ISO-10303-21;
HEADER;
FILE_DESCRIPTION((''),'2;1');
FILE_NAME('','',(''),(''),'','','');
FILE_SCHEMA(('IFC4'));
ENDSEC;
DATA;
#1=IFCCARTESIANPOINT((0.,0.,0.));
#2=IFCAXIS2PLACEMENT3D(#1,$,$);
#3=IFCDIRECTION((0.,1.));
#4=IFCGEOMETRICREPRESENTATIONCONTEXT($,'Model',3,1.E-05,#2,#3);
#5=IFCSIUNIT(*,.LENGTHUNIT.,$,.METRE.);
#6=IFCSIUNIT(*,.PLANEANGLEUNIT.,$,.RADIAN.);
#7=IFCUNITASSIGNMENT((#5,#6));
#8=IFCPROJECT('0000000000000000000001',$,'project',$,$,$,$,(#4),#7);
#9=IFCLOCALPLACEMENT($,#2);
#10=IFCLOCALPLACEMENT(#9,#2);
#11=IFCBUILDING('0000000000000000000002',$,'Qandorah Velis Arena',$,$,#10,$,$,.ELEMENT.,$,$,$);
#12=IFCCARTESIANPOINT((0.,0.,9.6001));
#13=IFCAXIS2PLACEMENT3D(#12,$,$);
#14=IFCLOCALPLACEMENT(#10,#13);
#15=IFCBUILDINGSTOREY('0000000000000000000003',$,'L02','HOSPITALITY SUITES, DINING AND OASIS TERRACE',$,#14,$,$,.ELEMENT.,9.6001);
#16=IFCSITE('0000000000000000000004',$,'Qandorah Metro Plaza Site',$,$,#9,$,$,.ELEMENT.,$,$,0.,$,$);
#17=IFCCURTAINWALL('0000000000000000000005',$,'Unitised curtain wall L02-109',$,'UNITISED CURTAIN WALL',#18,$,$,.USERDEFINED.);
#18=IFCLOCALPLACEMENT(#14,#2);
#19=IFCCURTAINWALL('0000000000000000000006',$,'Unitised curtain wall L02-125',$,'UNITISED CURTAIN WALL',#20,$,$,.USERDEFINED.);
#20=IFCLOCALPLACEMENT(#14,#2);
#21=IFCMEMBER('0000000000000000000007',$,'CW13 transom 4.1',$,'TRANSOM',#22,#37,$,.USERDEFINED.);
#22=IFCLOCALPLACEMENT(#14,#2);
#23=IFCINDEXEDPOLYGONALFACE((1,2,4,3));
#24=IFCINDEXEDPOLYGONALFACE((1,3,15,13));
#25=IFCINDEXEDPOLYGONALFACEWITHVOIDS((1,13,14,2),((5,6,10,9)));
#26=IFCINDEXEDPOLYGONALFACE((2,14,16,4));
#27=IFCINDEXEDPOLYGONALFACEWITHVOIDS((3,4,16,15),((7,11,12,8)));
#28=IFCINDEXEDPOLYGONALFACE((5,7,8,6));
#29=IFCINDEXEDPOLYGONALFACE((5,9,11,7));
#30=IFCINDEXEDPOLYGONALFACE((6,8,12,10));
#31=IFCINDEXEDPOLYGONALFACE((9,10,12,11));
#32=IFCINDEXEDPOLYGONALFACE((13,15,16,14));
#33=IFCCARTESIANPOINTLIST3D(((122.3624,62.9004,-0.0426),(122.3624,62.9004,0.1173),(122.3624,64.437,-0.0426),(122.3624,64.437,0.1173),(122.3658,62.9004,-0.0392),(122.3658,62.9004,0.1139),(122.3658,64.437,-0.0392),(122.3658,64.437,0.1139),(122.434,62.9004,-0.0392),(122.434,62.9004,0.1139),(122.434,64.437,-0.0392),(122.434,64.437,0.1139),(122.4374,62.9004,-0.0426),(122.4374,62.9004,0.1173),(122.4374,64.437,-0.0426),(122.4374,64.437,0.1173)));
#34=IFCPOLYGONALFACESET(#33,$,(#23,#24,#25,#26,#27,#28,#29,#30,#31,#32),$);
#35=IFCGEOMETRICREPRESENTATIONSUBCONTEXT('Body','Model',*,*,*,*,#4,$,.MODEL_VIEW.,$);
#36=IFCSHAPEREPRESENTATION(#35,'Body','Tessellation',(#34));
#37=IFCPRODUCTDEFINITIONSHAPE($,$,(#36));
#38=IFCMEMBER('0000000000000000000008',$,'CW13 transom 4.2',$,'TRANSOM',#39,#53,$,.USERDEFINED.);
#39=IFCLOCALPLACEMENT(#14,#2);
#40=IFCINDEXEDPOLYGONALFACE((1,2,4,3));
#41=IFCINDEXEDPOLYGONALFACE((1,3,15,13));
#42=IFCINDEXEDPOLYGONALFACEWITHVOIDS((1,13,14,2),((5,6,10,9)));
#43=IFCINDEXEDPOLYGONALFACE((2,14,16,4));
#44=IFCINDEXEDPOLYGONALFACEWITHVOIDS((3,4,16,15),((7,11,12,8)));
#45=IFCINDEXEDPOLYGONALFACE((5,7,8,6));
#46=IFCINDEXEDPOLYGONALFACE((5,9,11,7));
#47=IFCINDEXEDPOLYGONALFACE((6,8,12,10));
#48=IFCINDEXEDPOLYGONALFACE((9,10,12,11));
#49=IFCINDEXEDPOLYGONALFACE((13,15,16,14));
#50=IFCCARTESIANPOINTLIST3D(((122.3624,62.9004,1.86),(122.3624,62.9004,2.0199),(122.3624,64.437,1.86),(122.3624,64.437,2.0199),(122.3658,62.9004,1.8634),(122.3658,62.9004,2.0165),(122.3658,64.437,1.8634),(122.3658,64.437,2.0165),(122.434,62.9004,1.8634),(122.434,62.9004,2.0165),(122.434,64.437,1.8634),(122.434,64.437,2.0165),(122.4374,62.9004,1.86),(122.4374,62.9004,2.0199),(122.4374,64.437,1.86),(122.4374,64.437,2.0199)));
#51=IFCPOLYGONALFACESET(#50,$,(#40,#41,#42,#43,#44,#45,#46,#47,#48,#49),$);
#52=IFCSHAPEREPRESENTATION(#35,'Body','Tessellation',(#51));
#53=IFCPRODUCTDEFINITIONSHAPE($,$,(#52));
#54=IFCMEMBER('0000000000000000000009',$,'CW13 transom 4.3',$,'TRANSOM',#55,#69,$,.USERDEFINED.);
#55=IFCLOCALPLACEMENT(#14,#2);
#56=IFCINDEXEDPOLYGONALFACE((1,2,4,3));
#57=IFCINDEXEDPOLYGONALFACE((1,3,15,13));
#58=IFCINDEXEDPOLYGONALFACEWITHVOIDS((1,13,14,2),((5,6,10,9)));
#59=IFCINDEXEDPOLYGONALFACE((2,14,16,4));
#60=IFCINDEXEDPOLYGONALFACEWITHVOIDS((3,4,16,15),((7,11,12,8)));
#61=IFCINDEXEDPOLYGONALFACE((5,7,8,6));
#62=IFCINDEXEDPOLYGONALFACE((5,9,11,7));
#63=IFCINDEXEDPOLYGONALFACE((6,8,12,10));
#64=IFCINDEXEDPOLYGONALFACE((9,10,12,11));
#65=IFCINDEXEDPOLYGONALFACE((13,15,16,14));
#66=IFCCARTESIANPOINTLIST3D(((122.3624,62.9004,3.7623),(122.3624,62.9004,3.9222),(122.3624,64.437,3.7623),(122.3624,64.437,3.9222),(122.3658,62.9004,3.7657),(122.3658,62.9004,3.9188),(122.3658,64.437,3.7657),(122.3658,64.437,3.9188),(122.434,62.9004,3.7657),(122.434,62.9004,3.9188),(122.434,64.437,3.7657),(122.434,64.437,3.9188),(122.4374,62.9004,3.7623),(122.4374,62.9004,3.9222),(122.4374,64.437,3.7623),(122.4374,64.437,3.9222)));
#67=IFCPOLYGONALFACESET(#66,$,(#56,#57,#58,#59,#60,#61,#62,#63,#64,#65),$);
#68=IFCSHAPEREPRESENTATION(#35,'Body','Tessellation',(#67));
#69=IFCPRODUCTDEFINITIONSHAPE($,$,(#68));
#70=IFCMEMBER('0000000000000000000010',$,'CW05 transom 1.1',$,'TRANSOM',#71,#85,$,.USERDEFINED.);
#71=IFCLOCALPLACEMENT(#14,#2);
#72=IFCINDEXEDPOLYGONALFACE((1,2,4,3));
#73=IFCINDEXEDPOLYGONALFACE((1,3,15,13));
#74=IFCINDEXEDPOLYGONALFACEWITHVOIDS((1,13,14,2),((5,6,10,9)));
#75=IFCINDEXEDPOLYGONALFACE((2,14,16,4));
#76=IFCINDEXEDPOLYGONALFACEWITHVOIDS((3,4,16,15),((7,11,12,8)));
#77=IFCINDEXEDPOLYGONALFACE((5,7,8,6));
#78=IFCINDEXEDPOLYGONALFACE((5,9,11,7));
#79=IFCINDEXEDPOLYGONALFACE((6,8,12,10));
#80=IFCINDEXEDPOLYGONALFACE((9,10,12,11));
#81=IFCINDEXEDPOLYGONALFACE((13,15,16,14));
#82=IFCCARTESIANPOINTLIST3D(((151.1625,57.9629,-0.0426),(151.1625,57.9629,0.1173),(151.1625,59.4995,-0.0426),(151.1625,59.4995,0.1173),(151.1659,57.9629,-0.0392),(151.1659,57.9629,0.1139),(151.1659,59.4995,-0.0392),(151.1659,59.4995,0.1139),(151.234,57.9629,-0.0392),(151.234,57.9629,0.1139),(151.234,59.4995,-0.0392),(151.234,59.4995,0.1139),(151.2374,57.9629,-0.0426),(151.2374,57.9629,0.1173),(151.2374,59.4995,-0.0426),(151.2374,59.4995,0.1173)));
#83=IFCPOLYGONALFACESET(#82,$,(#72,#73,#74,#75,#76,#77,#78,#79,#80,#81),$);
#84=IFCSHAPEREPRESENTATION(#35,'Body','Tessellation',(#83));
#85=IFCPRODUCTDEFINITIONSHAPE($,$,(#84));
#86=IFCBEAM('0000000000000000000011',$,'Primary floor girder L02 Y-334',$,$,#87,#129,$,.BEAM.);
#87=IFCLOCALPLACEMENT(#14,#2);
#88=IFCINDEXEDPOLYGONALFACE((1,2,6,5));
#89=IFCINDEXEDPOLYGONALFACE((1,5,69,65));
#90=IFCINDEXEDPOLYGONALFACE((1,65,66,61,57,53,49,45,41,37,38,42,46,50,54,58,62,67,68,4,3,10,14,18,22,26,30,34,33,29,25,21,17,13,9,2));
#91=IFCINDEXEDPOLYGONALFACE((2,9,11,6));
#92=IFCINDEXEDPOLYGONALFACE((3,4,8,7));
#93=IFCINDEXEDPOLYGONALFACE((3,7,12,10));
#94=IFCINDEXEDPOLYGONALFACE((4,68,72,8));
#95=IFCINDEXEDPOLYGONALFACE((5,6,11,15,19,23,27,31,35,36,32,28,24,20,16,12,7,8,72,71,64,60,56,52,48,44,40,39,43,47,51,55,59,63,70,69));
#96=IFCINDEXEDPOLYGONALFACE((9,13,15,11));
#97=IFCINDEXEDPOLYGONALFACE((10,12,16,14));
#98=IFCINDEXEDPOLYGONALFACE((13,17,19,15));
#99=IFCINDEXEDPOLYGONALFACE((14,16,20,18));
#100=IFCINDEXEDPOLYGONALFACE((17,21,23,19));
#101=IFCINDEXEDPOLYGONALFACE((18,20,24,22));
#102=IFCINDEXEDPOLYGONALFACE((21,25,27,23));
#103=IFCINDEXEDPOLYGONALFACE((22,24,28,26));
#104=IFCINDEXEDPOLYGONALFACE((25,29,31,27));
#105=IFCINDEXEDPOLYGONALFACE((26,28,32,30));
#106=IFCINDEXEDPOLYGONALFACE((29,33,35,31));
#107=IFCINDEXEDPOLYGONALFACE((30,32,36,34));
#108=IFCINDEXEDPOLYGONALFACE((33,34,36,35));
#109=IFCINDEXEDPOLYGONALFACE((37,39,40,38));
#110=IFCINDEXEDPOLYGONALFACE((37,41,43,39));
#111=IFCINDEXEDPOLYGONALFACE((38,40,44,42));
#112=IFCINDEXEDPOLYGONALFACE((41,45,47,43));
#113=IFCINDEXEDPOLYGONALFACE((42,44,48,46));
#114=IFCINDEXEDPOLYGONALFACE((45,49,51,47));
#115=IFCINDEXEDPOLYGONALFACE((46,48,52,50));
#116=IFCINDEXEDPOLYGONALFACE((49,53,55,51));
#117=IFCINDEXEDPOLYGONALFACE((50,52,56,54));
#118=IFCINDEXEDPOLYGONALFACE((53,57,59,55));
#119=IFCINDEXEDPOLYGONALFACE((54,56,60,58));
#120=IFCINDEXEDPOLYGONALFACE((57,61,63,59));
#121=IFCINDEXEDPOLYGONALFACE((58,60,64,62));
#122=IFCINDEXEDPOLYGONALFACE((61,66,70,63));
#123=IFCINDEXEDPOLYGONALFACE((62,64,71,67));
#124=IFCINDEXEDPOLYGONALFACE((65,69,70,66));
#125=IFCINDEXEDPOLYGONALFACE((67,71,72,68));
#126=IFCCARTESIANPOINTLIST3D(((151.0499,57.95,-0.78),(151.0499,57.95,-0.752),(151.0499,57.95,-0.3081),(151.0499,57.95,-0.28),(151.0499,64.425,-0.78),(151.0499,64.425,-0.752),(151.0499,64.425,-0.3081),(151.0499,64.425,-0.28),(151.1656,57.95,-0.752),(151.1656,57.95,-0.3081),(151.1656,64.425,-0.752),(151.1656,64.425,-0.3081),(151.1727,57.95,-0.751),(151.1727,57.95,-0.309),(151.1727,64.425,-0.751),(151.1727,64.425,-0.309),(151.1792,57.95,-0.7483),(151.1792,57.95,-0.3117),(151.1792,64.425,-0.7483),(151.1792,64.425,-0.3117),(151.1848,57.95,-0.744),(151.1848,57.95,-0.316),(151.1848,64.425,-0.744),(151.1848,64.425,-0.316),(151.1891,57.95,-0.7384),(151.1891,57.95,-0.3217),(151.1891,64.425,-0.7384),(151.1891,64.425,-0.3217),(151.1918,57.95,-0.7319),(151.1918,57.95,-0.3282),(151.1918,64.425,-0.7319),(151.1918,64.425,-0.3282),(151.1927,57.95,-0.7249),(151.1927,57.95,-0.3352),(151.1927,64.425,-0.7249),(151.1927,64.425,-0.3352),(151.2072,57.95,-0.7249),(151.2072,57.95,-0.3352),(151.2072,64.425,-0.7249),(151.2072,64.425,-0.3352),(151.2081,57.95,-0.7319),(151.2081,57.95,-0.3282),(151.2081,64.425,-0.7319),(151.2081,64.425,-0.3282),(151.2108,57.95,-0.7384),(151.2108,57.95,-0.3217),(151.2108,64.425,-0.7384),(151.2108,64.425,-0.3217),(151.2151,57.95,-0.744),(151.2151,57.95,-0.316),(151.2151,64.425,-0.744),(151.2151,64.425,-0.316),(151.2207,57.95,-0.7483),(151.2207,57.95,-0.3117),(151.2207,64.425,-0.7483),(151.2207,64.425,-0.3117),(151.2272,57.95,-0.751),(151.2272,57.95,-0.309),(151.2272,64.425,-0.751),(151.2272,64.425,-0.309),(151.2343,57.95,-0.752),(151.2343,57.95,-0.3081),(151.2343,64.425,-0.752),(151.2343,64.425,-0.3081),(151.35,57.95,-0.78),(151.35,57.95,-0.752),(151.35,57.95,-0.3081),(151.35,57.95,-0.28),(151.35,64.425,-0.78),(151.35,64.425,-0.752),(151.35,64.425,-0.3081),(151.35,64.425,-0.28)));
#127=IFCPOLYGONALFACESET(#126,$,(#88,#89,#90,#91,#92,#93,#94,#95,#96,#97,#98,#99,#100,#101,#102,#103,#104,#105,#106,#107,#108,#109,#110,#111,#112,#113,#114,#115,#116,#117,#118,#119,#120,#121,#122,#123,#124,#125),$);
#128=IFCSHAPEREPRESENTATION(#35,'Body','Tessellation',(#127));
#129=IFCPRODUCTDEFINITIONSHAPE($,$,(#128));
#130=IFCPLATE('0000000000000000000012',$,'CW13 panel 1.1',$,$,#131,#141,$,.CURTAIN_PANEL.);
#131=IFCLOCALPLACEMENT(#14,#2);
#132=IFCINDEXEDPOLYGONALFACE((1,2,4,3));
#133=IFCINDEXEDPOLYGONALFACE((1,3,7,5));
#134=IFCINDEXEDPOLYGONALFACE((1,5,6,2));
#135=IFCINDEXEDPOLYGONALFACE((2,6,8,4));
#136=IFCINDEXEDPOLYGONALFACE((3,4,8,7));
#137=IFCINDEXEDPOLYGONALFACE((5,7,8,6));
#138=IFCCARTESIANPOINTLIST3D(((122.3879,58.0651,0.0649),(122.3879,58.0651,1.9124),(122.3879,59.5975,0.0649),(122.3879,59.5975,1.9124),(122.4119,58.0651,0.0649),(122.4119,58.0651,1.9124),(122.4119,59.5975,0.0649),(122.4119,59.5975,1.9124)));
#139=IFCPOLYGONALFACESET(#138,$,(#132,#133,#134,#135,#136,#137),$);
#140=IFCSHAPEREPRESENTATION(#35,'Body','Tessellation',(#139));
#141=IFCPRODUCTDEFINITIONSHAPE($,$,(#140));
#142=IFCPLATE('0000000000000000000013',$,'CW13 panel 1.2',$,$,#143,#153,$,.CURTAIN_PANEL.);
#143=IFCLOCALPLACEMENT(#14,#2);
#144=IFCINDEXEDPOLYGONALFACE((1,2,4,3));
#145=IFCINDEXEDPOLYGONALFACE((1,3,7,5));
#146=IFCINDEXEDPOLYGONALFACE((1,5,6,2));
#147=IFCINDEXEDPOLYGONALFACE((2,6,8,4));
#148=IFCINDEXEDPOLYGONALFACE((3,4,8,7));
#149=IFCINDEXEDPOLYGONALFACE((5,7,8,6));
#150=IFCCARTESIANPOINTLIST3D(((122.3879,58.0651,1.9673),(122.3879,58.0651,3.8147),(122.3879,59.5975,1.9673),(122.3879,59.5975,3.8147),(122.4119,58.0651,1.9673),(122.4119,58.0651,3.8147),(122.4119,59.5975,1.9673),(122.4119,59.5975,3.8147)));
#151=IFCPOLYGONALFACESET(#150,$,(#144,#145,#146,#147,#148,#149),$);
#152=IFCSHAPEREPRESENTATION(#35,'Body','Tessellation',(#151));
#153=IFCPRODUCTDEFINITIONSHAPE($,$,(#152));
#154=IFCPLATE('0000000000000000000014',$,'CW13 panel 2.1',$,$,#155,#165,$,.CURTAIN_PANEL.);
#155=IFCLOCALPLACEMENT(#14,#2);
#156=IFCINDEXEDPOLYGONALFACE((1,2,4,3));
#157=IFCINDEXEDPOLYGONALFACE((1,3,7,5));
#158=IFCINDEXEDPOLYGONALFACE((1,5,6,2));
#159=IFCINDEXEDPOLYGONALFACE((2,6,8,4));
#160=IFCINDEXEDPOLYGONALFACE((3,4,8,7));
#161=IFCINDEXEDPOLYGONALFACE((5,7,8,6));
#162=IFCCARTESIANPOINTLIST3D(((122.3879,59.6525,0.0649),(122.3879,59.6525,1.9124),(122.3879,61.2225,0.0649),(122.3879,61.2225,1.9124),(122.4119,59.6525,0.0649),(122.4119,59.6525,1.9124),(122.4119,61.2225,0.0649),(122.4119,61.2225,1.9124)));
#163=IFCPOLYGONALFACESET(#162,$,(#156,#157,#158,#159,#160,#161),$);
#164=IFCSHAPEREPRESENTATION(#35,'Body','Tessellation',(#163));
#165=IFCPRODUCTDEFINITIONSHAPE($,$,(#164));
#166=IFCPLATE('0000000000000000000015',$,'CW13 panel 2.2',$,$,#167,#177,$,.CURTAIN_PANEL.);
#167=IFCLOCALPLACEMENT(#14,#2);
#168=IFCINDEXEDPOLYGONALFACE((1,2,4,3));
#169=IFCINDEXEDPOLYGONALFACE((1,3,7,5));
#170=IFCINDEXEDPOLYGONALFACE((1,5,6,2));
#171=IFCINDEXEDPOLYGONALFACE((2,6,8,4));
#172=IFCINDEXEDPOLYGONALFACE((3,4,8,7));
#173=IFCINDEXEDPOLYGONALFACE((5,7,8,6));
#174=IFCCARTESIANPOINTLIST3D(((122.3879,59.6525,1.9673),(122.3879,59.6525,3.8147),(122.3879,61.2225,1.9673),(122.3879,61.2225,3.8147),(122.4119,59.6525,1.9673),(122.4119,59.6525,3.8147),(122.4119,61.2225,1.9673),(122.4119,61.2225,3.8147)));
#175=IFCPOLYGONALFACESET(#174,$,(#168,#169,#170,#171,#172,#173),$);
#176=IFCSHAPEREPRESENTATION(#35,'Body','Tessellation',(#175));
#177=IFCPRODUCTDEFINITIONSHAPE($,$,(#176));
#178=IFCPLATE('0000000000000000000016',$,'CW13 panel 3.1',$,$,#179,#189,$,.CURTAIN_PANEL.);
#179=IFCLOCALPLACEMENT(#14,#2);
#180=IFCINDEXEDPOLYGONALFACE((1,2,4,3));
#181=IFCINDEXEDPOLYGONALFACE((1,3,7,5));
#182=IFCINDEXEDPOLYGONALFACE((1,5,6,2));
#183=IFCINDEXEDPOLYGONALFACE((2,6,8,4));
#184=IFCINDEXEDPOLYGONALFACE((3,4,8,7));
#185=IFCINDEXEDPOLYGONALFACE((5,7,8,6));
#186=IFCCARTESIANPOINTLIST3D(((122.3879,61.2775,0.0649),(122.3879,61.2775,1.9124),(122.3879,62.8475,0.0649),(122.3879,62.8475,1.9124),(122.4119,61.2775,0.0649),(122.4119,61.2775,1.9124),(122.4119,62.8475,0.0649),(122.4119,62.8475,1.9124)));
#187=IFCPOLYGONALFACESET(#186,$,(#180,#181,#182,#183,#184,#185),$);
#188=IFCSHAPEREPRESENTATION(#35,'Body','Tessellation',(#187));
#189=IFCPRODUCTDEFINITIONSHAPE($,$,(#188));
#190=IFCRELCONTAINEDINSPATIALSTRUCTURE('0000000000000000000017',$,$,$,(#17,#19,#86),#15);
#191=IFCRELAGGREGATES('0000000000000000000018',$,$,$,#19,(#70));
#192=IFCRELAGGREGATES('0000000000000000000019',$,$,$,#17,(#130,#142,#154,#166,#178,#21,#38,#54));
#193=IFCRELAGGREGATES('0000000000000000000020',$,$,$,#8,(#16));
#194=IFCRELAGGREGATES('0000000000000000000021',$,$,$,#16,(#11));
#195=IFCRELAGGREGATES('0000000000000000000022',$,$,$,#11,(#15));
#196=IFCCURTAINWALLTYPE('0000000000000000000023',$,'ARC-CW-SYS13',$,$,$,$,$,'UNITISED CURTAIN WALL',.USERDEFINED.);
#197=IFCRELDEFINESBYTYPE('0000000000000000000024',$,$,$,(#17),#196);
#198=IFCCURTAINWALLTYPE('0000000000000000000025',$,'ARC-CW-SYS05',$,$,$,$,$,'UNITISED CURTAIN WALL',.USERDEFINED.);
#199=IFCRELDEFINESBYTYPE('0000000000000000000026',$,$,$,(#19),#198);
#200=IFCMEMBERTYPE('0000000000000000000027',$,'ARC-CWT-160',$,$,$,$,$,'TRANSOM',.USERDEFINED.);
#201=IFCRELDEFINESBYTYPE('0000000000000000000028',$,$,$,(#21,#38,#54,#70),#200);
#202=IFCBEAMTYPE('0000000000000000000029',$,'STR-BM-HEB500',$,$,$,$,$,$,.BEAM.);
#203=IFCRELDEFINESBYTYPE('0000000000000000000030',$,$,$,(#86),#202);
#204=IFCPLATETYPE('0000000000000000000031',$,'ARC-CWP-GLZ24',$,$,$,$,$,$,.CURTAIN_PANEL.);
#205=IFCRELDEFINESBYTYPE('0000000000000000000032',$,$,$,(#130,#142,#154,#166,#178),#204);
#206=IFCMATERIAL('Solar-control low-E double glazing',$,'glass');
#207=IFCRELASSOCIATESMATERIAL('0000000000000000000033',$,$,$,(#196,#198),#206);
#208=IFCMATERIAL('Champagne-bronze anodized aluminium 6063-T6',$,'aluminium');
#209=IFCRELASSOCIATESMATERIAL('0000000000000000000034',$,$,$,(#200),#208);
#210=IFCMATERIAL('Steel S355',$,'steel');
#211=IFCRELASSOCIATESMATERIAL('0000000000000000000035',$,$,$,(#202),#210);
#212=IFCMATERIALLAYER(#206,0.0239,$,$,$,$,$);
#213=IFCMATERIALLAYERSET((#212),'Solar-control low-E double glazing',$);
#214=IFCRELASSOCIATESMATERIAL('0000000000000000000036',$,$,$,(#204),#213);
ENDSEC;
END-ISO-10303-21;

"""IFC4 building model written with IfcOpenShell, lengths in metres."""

from ifc_helpers import new_model, si_unit, direction, frame, origin, origin_2d, place, context, subcontext, project, spatial, rectangle, hollow_rectangle, i_section, extrude, material, layer, layer_set, material_profile, profile_set, type_object, element, aggregate, save


model = new_model("IFC4")

# Units and contexts
model_context = context("Model", 3, precision=1e-05, world=origin(), true_north=direction((0.0, 1.0)))
body_context = subcontext(model_context, "Body", "Model", "MODEL_VIEW")
ifc_project = project(units=[si_unit("LENGTHUNIT", "METRE"), si_unit("PLANEANGLEUNIT", "RADIAN")], contexts=[model_context])

# Site, building, storey
site_placement = place(None, origin())
site = spatial("IfcSite", under=ifc_project, at=site_placement, Name="Qandorah Metro Plaza Site", CompositionType="ELEMENT", RefElevation=0.0)
building_placement = place(site_placement, origin())
building = spatial("IfcBuilding", under=site, at=building_placement, Name="Qandorah Velis Arena", CompositionType="ELEMENT")
storey_placement = place(building_placement, frame((0.0, 0.0, 9.6001)))
storey = spatial("IfcBuildingStorey", under=building, at=storey_placement, Name="L02", Description="HOSPITALITY SUITES, DINING AND OASIS TERRACE", CompositionType="ELEMENT", Elevation=9.6001)

# Shared definitions
ifc_material_1 = material(Name="Steel S355", Category="steel")

# Shared definitions
ifc_material_2 = material(Name="Solar-control low-E double glazing", Category="glass")
ifc_material_3 = material(Name="Champagne-bronze anodized aluminium 6063-T6", Category="aluminium")

# Curtain wall
curtain_wall_type_1 = type_object("IfcCurtainWallType", Name="ARC-CW-SYS13", ElementType="UNITISED CURTAIN WALL", PredefinedType="USERDEFINED", material=ifc_material_2)
curtain_wall_1_placement = place(storey_placement, origin())
curtain_wall_1 = element("IfcCurtainWall", 1, at=curtain_wall_1_placement, inside=storey, type_object=curtain_wall_type_1, Name="Unitised curtain wall L02-109", ObjectType="UNITISED CURTAIN WALL", PredefinedType="USERDEFINED")

# Curtain wall
curtain_wall_type_2 = type_object("IfcCurtainWallType", Name="ARC-CW-SYS05", ElementType="UNITISED CURTAIN WALL", PredefinedType="USERDEFINED", material=ifc_material_2)
curtain_wall_2_placement = place(storey_placement, origin())
curtain_wall_2 = element("IfcCurtainWall", 2, at=curtain_wall_2_placement, inside=storey, type_object=curtain_wall_type_2, Name="Unitised curtain wall L02-125", ObjectType="UNITISED CURTAIN WALL", PredefinedType="USERDEFINED")

# Members
ifc_material_profile_1 = material_profile(ifc_material_3, hollow_rectangle(XDim=0.075, YDim=0.1599, WallThickness=0.0034, at=origin_2d()), Name="ALU TRANSOM 75x160")
ifc_profile_set_1 = profile_set([ifc_material_profile_1], Name="Champagne-bronze anodized aluminium 6063-T6")
member_type_1 = type_object("IfcMemberType", Name="ARC-CWT-160", ElementType="TRANSOM", PredefinedType="USERDEFINED", material=ifc_profile_set_1)
member_1_placement = place(storey_placement, frame((122.3999, 62.9004, 0.0374), z_axis=(0.0, 1.0, 0.0), x_axis=(-1.0, 0.0, 0.0)))
member_1 = element("IfcMember", 3, at=member_1_placement, type_object=member_type_1, Name="CW13 transom 4.1", ObjectType="TRANSOM", PredefinedType="USERDEFINED", context=body_context, shape_type="SweptSolid", body=[
    extrude(hollow_rectangle(XDim=0.075, YDim=0.1599, WallThickness=0.0034, at=origin_2d()), origin(), (0.0, 0.0, 1.0), 1.5366),
])
member_2_placement = place(storey_placement, frame((122.3999, 62.9004, 1.9399), z_axis=(0.0, 1.0, 0.0), x_axis=(-1.0, 0.0, 0.0)))
member_2 = element("IfcMember", 4, at=member_2_placement, type_object=member_type_1, Name="CW13 transom 4.2", ObjectType="TRANSOM", PredefinedType="USERDEFINED", context=body_context, shape_type="SweptSolid", body=[
    extrude(hollow_rectangle(XDim=0.075, YDim=0.1599, WallThickness=0.0034, at=origin_2d()), origin(), (0.0, 0.0, 1.0), 1.5366),
])
member_3_placement = place(storey_placement, frame((122.3999, 62.9004, 3.8423), z_axis=(0.0, 1.0, 0.0), x_axis=(-1.0, 0.0, 0.0)))
member_3 = element("IfcMember", 5, at=member_3_placement, type_object=member_type_1, Name="CW13 transom 4.3", ObjectType="TRANSOM", PredefinedType="USERDEFINED", context=body_context, shape_type="SweptSolid", body=[
    extrude(hollow_rectangle(XDim=0.075, YDim=0.1599, WallThickness=0.0034, at=origin_2d()), origin(), (0.0, 0.0, 1.0), 1.5366),
])
member_4_placement = place(storey_placement, frame((151.2, 57.9629, 0.0374), z_axis=(0.0, 1.0, 0.0), x_axis=(-1.0, 0.0, 0.0)))
member_4 = element("IfcMember", 6, at=member_4_placement, type_object=member_type_1, Name="CW05 transom 1.1", ObjectType="TRANSOM", PredefinedType="USERDEFINED", context=body_context, shape_type="SweptSolid", body=[
    extrude(hollow_rectangle(XDim=0.075, YDim=0.1599, WallThickness=0.0034, at=origin_2d()), origin(), (0.0, 0.0, 1.0), 1.5366),
])
aggregate(curtain_wall_2, [member_4])

# Beam
ifc_material_profile_2 = material_profile(ifc_material_1, i_section(OverallWidth=0.3, OverallDepth=0.5, WebThickness=0.0144, FlangeThickness=0.0281, FilletRadius=0.0271, at=origin_2d()), Name="HEB 500")
ifc_profile_set_2 = profile_set([ifc_material_profile_2], Name="Steel S355")
beam_type = type_object("IfcBeamType", Name="STR-BM-HEB500", PredefinedType="BEAM", material=ifc_profile_set_2)
beam_placement = place(storey_placement, frame((151.2, 57.95, -0.53), z_axis=(0.0, 1.0, 0.0), x_axis=(-1.0, 0.0, 0.0)))
element("IfcBeam", 7, at=beam_placement, inside=storey, type_object=beam_type, Name="Primary floor girder L02 Y-334", PredefinedType="BEAM", context=body_context, shape_type="SweptSolid", body=[
    extrude(i_section(OverallWidth=0.3, OverallDepth=0.5, WebThickness=0.0144, FlangeThickness=0.0281, FilletRadius=0.0271, at=origin_2d()), origin(), (0.0, 0.0, 1.0), 6.4751),
])

# Plates
ifc_layer_1 = layer(ifc_material_2, 0.0239)
ifc_layer_set_1 = layer_set([ifc_layer_1], Name="Solar-control low-E double glazing")
plate_type_1 = type_object("IfcPlateType", Name="ARC-CWP-GLZ24", PredefinedType="CURTAIN_PANEL", material=ifc_layer_set_1)
plate_1_placement = place(storey_placement, frame((122.3999, 58.8313, 0.0649), z_axis=(0.0, 0.0, 1.0), x_axis=(0.0, 1.0, 0.0)))
plate_1 = element("IfcPlate", 8, at=plate_1_placement, type_object=plate_type_1, Name="CW13 panel 1.1", PredefinedType="CURTAIN_PANEL", context=body_context, shape_type="SweptSolid", body=[
    extrude(rectangle(XDim=1.5325, YDim=0.0239, at=origin_2d()), origin(), (0.0, 0.0, 1.0), 1.8474),
])
plate_2_placement = place(storey_placement, frame((122.3999, 58.8313, 1.9673), z_axis=(0.0, 0.0, 1.0), x_axis=(0.0, 1.0, 0.0)))
plate_2 = element("IfcPlate", 9, at=plate_2_placement, type_object=plate_type_1, Name="CW13 panel 1.2", PredefinedType="CURTAIN_PANEL", context=body_context, shape_type="SweptSolid", body=[
    extrude(rectangle(XDim=1.5325, YDim=0.0239, at=origin_2d()), origin(), (0.0, 0.0, 1.0), 1.8474),
])
plate_3_placement = place(storey_placement, frame((122.3999, 60.4375, 0.0649), z_axis=(0.0, 0.0, 1.0), x_axis=(0.0, 1.0, 0.0)))
plate_3 = element("IfcPlate", 10, at=plate_3_placement, type_object=plate_type_1, Name="CW13 panel 2.1", PredefinedType="CURTAIN_PANEL", context=body_context, shape_type="SweptSolid", body=[
    extrude(rectangle(XDim=1.5701, YDim=0.0239, at=origin_2d()), origin(), (0.0, 0.0, 1.0), 1.8474),
])
plate_4_placement = place(storey_placement, frame((122.3999, 60.4375, 1.9673), z_axis=(0.0, 0.0, 1.0), x_axis=(0.0, 1.0, 0.0)))
plate_4 = element("IfcPlate", 11, at=plate_4_placement, type_object=plate_type_1, Name="CW13 panel 2.2", PredefinedType="CURTAIN_PANEL", context=body_context, shape_type="SweptSolid", body=[
    extrude(rectangle(XDim=1.5701, YDim=0.0239, at=origin_2d()), origin(), (0.0, 0.0, 1.0), 1.8474),
])
plate_5_placement = place(storey_placement, frame((122.3999, 62.0625, 0.0649), z_axis=(0.0, 0.0, 1.0), x_axis=(0.0, 1.0, 0.0)))
plate_5 = element("IfcPlate", 12, at=plate_5_placement, type_object=plate_type_1, Name="CW13 panel 3.1", PredefinedType="CURTAIN_PANEL", context=body_context, shape_type="SweptSolid", body=[
    extrude(rectangle(XDim=1.5701, YDim=0.0239, at=origin_2d()), origin(), (0.0, 0.0, 1.0), 1.8474),
])
aggregate(curtain_wall_1, [plate_1, plate_2, plate_3, plate_4, plate_5, member_1, member_2, member_3])

save(model, "model.ifc")
